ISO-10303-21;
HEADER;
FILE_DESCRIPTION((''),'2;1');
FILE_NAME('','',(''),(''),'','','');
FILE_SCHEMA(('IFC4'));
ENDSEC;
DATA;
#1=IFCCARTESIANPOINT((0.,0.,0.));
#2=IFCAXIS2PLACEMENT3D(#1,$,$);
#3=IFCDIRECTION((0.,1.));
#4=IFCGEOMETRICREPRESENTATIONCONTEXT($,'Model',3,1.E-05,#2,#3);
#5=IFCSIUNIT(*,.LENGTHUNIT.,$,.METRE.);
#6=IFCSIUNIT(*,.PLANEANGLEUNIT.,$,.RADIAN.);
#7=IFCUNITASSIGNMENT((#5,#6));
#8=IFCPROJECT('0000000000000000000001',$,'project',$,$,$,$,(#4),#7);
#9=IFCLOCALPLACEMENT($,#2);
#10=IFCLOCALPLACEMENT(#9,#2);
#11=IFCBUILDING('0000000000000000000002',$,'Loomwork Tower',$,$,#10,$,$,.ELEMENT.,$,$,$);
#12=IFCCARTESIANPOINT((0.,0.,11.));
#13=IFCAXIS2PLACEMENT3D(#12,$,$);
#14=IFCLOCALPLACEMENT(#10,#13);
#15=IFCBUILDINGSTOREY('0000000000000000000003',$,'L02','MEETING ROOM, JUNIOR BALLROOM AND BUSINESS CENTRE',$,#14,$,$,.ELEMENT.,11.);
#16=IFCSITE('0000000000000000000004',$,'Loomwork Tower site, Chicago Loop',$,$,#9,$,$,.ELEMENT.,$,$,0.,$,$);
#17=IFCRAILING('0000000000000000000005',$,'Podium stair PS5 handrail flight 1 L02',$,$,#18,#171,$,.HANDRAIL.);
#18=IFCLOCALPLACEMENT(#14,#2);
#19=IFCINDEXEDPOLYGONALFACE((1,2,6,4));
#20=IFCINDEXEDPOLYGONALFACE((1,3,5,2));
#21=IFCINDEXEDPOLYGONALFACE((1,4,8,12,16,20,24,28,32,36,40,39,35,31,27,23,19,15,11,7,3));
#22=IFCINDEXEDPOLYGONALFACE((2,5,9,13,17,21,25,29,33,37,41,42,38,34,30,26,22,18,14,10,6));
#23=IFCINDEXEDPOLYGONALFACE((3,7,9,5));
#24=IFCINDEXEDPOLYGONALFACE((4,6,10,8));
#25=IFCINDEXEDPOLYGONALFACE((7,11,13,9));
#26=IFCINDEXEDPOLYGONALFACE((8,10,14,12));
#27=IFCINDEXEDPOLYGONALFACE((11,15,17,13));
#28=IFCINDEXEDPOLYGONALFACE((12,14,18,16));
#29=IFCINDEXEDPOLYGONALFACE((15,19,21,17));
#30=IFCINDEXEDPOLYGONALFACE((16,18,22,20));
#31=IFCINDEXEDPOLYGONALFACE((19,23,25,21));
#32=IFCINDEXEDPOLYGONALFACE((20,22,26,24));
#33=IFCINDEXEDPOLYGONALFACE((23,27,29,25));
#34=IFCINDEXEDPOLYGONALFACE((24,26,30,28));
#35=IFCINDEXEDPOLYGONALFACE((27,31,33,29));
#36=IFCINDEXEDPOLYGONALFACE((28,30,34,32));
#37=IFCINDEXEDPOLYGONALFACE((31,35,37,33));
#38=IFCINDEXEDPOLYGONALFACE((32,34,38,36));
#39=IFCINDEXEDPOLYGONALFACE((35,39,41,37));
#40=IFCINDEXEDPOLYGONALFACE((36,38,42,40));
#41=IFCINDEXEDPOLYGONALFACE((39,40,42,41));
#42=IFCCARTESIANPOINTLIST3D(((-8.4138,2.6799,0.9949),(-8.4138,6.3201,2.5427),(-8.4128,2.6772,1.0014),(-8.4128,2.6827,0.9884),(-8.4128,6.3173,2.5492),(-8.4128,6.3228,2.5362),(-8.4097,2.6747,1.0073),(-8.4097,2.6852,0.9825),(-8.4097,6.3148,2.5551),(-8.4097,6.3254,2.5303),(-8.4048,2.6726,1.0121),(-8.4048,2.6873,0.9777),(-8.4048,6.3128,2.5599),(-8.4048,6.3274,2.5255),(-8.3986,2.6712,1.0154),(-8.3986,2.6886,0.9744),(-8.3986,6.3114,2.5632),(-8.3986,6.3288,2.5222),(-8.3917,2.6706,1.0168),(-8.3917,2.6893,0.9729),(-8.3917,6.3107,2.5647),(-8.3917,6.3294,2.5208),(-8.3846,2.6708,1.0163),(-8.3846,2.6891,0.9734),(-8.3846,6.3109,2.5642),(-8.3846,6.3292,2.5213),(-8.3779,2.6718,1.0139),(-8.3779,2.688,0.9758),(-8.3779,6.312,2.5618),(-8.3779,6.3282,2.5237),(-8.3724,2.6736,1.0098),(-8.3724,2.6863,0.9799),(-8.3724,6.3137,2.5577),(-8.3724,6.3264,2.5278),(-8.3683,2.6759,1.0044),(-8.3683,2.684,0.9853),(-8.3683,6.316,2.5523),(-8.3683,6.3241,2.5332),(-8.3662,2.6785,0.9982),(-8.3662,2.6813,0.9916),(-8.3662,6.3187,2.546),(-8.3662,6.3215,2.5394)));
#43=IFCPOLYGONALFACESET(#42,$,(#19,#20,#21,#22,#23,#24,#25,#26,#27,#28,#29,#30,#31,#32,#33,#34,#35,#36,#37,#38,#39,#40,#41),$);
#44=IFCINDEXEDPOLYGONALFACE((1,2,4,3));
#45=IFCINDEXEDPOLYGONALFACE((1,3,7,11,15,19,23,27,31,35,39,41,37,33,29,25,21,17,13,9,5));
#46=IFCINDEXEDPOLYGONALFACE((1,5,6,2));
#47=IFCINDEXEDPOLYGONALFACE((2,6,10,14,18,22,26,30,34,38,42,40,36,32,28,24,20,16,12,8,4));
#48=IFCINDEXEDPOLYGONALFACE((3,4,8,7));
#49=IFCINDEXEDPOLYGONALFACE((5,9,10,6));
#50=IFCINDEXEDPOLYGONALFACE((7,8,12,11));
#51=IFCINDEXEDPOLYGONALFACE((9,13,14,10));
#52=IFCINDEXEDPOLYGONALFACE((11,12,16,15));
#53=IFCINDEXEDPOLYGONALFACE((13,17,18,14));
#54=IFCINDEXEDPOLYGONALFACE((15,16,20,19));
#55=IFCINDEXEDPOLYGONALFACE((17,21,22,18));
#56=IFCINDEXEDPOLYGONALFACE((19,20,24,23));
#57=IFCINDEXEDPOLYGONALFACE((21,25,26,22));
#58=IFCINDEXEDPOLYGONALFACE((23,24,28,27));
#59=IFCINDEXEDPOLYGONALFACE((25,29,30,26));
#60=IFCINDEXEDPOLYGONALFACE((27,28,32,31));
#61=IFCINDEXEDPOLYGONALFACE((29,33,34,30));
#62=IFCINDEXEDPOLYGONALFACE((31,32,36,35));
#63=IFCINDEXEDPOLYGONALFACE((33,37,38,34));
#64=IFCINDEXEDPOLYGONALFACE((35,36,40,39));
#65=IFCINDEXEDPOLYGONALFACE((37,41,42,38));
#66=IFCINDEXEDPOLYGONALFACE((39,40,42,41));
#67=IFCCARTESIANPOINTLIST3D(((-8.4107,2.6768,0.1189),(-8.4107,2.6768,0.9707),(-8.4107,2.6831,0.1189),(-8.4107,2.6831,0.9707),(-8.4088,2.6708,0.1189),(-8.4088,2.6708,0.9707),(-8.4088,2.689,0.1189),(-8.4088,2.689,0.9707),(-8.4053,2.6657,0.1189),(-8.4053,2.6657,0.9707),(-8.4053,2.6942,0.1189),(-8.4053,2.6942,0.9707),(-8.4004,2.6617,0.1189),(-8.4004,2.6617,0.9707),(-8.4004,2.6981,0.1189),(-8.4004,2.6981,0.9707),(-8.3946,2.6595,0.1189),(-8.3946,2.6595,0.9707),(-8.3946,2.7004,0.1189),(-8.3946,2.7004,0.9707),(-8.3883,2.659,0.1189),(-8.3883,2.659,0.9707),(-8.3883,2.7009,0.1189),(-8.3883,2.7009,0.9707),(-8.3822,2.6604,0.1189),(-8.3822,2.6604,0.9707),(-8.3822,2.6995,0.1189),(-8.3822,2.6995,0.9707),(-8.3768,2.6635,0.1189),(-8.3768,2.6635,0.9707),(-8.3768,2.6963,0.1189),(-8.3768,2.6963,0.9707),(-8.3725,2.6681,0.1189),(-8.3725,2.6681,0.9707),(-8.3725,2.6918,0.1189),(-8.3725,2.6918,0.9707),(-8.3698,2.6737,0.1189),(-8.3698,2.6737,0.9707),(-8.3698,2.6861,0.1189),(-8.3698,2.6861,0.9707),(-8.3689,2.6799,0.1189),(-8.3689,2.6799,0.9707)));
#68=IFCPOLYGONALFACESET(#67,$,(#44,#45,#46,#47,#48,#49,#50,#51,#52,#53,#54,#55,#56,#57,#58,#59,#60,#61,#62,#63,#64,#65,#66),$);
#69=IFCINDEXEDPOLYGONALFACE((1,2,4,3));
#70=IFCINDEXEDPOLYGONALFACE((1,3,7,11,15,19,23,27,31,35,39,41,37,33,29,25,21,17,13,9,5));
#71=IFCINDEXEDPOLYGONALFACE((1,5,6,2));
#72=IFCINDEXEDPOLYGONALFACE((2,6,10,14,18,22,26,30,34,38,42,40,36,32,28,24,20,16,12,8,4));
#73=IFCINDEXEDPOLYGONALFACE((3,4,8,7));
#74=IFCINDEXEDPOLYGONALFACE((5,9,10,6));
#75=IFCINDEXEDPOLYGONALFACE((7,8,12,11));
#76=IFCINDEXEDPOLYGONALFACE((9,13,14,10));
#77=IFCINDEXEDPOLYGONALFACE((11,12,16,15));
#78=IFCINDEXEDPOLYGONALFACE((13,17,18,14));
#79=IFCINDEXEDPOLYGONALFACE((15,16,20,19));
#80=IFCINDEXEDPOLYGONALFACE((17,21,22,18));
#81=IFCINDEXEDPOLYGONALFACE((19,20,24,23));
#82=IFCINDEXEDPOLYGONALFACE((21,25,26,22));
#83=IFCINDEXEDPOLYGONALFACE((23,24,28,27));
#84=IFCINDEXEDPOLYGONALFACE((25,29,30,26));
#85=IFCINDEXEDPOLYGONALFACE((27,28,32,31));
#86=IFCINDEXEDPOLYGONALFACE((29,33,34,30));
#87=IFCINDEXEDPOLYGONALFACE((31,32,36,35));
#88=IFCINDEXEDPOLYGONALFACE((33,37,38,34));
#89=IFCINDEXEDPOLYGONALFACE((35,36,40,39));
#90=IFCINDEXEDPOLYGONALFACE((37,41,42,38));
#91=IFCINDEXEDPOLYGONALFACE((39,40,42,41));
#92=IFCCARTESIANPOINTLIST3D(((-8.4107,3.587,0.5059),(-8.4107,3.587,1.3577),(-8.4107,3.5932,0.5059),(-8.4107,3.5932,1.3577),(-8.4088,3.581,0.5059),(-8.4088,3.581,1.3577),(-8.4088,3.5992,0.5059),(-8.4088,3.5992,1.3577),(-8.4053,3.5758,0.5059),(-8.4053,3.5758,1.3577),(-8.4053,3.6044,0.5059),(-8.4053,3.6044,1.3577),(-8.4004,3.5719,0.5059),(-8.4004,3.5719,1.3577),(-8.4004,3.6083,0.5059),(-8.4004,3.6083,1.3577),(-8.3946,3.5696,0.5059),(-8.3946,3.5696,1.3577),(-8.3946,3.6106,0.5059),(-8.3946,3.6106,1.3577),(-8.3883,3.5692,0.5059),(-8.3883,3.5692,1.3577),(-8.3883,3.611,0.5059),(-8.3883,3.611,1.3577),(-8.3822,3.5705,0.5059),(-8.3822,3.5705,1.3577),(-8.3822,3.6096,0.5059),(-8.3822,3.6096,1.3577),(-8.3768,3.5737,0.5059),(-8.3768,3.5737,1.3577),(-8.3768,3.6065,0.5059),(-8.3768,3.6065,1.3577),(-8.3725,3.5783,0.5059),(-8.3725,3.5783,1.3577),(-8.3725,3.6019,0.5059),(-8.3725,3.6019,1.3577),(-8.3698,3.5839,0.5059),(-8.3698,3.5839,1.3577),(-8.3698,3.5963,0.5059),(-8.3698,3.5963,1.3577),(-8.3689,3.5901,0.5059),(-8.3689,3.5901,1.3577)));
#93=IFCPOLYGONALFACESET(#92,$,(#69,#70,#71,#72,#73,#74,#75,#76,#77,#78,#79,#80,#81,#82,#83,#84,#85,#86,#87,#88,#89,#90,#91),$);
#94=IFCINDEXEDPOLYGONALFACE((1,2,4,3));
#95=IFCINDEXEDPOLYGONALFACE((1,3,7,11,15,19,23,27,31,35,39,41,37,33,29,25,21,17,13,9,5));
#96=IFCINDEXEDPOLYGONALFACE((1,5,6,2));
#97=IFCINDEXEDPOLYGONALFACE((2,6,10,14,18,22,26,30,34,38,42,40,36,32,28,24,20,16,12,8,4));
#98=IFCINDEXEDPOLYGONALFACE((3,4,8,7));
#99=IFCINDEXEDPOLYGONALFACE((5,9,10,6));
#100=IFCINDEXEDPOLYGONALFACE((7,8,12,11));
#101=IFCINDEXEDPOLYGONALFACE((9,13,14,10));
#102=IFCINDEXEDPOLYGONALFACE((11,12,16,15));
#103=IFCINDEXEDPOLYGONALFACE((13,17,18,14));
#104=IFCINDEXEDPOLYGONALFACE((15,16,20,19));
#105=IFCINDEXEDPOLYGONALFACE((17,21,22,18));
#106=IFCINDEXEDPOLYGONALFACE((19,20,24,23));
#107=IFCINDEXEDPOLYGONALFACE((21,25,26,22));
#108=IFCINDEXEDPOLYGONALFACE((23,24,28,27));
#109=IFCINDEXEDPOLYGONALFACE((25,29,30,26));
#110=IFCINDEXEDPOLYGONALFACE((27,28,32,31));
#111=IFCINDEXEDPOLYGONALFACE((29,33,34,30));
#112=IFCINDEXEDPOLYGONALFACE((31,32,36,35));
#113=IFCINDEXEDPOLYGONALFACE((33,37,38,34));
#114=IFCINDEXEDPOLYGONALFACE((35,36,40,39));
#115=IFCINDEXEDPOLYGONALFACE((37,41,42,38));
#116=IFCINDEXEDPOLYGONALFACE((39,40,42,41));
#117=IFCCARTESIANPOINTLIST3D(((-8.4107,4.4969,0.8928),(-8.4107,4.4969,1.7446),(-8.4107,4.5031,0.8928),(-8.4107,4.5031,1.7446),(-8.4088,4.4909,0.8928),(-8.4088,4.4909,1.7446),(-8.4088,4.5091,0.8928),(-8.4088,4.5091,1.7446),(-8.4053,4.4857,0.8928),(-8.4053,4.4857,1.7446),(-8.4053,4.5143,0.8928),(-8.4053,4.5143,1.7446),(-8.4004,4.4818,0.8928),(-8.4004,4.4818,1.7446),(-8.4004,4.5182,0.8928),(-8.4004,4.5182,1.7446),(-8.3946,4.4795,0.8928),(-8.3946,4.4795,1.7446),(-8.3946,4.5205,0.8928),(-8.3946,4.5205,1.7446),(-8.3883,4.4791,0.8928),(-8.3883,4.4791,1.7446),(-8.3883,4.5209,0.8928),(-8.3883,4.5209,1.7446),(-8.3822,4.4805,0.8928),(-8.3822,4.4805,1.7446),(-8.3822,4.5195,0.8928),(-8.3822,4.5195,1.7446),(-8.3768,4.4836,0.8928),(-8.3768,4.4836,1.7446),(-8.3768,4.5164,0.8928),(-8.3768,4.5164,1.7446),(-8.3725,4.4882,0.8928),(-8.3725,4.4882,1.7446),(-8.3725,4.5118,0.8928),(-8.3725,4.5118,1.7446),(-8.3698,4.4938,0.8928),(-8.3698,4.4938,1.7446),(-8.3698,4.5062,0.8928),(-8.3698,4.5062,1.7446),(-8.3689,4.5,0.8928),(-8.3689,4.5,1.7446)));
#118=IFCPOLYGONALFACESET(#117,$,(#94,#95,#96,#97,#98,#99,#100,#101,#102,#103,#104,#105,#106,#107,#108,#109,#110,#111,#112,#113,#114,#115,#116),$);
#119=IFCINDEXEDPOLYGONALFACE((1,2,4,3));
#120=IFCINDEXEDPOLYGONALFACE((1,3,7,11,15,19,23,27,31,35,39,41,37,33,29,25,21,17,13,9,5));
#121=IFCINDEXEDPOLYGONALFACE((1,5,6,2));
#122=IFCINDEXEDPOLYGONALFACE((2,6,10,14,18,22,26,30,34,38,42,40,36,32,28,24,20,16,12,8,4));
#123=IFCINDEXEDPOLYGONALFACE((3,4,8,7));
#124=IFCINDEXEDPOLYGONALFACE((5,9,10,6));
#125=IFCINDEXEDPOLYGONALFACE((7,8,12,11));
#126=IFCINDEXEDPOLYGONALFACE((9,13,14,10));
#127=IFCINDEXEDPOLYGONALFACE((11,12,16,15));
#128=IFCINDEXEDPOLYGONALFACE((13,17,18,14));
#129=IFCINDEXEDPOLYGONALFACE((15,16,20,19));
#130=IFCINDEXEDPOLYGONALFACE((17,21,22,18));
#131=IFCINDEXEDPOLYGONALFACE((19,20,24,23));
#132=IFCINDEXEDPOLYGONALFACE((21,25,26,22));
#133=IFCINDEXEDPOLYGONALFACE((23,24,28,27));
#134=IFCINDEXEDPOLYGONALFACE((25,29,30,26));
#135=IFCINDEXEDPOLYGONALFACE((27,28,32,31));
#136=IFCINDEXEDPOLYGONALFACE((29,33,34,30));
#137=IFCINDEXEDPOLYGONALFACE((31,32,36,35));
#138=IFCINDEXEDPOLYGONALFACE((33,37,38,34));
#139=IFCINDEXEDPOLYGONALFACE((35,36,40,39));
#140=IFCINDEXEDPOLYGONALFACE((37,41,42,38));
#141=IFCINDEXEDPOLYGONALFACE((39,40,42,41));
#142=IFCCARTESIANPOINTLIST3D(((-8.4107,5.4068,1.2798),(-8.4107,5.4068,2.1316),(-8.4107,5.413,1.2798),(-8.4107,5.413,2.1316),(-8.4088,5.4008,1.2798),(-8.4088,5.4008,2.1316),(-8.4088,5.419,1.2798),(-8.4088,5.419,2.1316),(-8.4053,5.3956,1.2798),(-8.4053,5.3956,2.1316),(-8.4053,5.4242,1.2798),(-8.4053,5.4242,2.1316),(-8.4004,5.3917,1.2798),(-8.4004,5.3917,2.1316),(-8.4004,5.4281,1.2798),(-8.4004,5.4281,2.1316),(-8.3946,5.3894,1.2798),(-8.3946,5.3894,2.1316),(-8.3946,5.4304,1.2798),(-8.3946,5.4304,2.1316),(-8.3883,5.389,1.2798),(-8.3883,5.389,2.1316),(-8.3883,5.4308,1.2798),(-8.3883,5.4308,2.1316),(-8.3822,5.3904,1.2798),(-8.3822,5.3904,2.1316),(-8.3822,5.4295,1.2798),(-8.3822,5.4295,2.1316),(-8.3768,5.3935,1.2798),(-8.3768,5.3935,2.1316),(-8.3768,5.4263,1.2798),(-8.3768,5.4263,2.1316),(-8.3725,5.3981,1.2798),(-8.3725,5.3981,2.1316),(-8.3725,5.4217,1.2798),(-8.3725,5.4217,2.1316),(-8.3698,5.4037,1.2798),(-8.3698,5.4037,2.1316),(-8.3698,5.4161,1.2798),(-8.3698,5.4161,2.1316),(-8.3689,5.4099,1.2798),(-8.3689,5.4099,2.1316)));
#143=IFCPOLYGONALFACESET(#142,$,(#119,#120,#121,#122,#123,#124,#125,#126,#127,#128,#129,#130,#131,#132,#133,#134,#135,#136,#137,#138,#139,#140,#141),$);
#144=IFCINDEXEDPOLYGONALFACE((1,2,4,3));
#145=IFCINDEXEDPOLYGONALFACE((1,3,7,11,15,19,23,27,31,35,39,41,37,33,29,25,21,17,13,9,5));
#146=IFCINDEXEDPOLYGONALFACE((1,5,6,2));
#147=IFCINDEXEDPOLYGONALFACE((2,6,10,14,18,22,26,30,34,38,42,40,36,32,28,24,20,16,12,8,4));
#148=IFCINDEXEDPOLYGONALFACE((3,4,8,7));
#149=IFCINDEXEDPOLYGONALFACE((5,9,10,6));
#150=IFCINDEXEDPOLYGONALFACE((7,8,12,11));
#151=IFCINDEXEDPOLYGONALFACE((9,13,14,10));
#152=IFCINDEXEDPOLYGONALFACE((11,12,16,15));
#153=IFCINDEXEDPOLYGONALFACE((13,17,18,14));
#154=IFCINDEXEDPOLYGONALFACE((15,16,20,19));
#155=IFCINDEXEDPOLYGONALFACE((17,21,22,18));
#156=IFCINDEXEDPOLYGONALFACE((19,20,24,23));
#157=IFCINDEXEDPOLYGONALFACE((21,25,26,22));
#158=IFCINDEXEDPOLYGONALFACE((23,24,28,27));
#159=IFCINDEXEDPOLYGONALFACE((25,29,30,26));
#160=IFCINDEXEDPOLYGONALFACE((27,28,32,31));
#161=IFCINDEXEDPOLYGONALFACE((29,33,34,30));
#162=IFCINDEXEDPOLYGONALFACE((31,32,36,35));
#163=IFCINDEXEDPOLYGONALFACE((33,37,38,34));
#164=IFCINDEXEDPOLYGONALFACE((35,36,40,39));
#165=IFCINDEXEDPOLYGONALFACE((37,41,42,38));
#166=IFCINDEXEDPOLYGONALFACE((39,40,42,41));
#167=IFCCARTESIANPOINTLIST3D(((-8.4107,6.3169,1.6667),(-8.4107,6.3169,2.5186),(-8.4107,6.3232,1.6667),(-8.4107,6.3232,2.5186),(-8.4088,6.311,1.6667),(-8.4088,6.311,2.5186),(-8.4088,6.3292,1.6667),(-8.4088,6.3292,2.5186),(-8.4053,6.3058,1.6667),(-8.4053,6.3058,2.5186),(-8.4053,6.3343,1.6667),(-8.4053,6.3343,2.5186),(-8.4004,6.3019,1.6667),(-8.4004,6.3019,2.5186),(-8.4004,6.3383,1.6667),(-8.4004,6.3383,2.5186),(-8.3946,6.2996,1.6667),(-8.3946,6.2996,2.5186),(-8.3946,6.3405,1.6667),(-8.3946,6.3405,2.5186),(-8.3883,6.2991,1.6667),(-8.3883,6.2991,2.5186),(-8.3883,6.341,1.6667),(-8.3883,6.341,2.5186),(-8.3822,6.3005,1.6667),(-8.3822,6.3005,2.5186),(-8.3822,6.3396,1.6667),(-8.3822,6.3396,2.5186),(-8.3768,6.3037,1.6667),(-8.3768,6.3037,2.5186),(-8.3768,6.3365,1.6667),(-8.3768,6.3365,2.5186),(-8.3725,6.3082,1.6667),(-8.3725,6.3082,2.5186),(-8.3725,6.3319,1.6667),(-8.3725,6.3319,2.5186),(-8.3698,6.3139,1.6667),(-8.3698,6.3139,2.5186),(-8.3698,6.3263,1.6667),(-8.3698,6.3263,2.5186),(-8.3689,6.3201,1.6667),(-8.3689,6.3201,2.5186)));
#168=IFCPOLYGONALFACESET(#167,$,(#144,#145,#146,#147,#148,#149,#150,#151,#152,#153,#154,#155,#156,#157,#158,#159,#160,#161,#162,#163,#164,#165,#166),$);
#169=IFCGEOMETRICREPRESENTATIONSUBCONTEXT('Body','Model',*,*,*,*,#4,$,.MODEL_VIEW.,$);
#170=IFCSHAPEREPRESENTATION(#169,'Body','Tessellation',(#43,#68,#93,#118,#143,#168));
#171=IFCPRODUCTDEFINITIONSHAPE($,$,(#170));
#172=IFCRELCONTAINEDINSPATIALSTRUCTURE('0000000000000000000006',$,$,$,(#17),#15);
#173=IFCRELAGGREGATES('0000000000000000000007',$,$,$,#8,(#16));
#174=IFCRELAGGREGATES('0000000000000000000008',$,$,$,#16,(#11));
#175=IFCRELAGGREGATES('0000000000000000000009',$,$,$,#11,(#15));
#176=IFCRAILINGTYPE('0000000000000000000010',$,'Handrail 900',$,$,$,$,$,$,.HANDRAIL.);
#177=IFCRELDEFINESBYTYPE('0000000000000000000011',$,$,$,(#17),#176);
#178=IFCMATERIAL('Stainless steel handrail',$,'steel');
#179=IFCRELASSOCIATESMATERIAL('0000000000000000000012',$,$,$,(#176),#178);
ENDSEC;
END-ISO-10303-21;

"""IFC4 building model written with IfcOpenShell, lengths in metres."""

from ifc_helpers import new_model, si_unit, direction, frame, origin, origin_2d, place, context, subcontext, project, spatial, circle, extrude, material, type_object, element, save


model = new_model("IFC4")

# Units and contexts
model_context = context("Model", 3, precision=1e-05, world=origin(), true_north=direction((0.0, 1.0)))
body_context = subcontext(model_context, "Body", "Model", "MODEL_VIEW")
ifc_project = project(units=[si_unit("LENGTHUNIT", "METRE"), si_unit("PLANEANGLEUNIT", "RADIAN")], contexts=[model_context])

# Site, building, storey
site_placement = place(None, origin())
site = spatial("IfcSite", under=ifc_project, at=site_placement, Name="Loomwork Tower site, Chicago Loop", CompositionType="ELEMENT", RefElevation=0.0)
building_placement = place(site_placement, origin())
building = spatial("IfcBuilding", under=site, at=building_placement, Name="Loomwork Tower", CompositionType="ELEMENT")
storey_placement = place(building_placement, frame((0.0, 0.0, 11.0)))
storey = spatial("IfcBuildingStorey", under=building, at=storey_placement, Name="L02", Description="MEETING ROOM, JUNIOR BALLROOM AND BUSINESS CENTRE", CompositionType="ELEMENT", Elevation=11.0)

# Railing
ifc_material_1 = material(Name="Stainless steel handrail", Category="steel")
railing_type = type_object("IfcRailingType", Name="Handrail 900", PredefinedType="HANDRAIL", material=ifc_material_1)
railing_1_placement = place(storey_placement, frame((-8.3899, 2.6799, 0.1189)))
element("IfcRailing", 1, at=railing_1_placement, inside=storey, type_object=railing_type, Name="Podium stair PS5 handrail flight 1 L02", PredefinedType="HANDRAIL", context=body_context, shape_type="SweptSolid", body=[
    extrude(circle(Radius=0.0239, at=origin_2d()), frame((0.0, 0.0, 0.876), z_axis=(0.0, 0.920259, 0.391311), x_axis=(-1.0, 0.0, 0.0)), (0.0, 0.0, 1.0), 3.9556),
    extrude(circle(Radius=0.021, at=origin_2d()), origin(), (0.0, 0.0, 1.0), 0.8518),
    extrude(circle(Radius=0.021, at=origin_2d()), frame((0.0, 0.9102, 0.387)), (0.0, 0.0, 1.0), 0.8518),
    extrude(circle(Radius=0.021, at=origin_2d()), frame((0.0, 1.8201, 0.7739)), (0.0, 0.0, 1.0), 0.8518),
    extrude(circle(Radius=0.021, at=origin_2d()), frame((0.0, 2.73, 1.1609)), (0.0, 0.0, 1.0), 0.8518),
    extrude(circle(Radius=0.021, at=origin_2d()), frame((0.0, 3.6401, 1.5479)), (0.0, 0.0, 1.0), 0.8518),
])

save(model, "model.ifc")
